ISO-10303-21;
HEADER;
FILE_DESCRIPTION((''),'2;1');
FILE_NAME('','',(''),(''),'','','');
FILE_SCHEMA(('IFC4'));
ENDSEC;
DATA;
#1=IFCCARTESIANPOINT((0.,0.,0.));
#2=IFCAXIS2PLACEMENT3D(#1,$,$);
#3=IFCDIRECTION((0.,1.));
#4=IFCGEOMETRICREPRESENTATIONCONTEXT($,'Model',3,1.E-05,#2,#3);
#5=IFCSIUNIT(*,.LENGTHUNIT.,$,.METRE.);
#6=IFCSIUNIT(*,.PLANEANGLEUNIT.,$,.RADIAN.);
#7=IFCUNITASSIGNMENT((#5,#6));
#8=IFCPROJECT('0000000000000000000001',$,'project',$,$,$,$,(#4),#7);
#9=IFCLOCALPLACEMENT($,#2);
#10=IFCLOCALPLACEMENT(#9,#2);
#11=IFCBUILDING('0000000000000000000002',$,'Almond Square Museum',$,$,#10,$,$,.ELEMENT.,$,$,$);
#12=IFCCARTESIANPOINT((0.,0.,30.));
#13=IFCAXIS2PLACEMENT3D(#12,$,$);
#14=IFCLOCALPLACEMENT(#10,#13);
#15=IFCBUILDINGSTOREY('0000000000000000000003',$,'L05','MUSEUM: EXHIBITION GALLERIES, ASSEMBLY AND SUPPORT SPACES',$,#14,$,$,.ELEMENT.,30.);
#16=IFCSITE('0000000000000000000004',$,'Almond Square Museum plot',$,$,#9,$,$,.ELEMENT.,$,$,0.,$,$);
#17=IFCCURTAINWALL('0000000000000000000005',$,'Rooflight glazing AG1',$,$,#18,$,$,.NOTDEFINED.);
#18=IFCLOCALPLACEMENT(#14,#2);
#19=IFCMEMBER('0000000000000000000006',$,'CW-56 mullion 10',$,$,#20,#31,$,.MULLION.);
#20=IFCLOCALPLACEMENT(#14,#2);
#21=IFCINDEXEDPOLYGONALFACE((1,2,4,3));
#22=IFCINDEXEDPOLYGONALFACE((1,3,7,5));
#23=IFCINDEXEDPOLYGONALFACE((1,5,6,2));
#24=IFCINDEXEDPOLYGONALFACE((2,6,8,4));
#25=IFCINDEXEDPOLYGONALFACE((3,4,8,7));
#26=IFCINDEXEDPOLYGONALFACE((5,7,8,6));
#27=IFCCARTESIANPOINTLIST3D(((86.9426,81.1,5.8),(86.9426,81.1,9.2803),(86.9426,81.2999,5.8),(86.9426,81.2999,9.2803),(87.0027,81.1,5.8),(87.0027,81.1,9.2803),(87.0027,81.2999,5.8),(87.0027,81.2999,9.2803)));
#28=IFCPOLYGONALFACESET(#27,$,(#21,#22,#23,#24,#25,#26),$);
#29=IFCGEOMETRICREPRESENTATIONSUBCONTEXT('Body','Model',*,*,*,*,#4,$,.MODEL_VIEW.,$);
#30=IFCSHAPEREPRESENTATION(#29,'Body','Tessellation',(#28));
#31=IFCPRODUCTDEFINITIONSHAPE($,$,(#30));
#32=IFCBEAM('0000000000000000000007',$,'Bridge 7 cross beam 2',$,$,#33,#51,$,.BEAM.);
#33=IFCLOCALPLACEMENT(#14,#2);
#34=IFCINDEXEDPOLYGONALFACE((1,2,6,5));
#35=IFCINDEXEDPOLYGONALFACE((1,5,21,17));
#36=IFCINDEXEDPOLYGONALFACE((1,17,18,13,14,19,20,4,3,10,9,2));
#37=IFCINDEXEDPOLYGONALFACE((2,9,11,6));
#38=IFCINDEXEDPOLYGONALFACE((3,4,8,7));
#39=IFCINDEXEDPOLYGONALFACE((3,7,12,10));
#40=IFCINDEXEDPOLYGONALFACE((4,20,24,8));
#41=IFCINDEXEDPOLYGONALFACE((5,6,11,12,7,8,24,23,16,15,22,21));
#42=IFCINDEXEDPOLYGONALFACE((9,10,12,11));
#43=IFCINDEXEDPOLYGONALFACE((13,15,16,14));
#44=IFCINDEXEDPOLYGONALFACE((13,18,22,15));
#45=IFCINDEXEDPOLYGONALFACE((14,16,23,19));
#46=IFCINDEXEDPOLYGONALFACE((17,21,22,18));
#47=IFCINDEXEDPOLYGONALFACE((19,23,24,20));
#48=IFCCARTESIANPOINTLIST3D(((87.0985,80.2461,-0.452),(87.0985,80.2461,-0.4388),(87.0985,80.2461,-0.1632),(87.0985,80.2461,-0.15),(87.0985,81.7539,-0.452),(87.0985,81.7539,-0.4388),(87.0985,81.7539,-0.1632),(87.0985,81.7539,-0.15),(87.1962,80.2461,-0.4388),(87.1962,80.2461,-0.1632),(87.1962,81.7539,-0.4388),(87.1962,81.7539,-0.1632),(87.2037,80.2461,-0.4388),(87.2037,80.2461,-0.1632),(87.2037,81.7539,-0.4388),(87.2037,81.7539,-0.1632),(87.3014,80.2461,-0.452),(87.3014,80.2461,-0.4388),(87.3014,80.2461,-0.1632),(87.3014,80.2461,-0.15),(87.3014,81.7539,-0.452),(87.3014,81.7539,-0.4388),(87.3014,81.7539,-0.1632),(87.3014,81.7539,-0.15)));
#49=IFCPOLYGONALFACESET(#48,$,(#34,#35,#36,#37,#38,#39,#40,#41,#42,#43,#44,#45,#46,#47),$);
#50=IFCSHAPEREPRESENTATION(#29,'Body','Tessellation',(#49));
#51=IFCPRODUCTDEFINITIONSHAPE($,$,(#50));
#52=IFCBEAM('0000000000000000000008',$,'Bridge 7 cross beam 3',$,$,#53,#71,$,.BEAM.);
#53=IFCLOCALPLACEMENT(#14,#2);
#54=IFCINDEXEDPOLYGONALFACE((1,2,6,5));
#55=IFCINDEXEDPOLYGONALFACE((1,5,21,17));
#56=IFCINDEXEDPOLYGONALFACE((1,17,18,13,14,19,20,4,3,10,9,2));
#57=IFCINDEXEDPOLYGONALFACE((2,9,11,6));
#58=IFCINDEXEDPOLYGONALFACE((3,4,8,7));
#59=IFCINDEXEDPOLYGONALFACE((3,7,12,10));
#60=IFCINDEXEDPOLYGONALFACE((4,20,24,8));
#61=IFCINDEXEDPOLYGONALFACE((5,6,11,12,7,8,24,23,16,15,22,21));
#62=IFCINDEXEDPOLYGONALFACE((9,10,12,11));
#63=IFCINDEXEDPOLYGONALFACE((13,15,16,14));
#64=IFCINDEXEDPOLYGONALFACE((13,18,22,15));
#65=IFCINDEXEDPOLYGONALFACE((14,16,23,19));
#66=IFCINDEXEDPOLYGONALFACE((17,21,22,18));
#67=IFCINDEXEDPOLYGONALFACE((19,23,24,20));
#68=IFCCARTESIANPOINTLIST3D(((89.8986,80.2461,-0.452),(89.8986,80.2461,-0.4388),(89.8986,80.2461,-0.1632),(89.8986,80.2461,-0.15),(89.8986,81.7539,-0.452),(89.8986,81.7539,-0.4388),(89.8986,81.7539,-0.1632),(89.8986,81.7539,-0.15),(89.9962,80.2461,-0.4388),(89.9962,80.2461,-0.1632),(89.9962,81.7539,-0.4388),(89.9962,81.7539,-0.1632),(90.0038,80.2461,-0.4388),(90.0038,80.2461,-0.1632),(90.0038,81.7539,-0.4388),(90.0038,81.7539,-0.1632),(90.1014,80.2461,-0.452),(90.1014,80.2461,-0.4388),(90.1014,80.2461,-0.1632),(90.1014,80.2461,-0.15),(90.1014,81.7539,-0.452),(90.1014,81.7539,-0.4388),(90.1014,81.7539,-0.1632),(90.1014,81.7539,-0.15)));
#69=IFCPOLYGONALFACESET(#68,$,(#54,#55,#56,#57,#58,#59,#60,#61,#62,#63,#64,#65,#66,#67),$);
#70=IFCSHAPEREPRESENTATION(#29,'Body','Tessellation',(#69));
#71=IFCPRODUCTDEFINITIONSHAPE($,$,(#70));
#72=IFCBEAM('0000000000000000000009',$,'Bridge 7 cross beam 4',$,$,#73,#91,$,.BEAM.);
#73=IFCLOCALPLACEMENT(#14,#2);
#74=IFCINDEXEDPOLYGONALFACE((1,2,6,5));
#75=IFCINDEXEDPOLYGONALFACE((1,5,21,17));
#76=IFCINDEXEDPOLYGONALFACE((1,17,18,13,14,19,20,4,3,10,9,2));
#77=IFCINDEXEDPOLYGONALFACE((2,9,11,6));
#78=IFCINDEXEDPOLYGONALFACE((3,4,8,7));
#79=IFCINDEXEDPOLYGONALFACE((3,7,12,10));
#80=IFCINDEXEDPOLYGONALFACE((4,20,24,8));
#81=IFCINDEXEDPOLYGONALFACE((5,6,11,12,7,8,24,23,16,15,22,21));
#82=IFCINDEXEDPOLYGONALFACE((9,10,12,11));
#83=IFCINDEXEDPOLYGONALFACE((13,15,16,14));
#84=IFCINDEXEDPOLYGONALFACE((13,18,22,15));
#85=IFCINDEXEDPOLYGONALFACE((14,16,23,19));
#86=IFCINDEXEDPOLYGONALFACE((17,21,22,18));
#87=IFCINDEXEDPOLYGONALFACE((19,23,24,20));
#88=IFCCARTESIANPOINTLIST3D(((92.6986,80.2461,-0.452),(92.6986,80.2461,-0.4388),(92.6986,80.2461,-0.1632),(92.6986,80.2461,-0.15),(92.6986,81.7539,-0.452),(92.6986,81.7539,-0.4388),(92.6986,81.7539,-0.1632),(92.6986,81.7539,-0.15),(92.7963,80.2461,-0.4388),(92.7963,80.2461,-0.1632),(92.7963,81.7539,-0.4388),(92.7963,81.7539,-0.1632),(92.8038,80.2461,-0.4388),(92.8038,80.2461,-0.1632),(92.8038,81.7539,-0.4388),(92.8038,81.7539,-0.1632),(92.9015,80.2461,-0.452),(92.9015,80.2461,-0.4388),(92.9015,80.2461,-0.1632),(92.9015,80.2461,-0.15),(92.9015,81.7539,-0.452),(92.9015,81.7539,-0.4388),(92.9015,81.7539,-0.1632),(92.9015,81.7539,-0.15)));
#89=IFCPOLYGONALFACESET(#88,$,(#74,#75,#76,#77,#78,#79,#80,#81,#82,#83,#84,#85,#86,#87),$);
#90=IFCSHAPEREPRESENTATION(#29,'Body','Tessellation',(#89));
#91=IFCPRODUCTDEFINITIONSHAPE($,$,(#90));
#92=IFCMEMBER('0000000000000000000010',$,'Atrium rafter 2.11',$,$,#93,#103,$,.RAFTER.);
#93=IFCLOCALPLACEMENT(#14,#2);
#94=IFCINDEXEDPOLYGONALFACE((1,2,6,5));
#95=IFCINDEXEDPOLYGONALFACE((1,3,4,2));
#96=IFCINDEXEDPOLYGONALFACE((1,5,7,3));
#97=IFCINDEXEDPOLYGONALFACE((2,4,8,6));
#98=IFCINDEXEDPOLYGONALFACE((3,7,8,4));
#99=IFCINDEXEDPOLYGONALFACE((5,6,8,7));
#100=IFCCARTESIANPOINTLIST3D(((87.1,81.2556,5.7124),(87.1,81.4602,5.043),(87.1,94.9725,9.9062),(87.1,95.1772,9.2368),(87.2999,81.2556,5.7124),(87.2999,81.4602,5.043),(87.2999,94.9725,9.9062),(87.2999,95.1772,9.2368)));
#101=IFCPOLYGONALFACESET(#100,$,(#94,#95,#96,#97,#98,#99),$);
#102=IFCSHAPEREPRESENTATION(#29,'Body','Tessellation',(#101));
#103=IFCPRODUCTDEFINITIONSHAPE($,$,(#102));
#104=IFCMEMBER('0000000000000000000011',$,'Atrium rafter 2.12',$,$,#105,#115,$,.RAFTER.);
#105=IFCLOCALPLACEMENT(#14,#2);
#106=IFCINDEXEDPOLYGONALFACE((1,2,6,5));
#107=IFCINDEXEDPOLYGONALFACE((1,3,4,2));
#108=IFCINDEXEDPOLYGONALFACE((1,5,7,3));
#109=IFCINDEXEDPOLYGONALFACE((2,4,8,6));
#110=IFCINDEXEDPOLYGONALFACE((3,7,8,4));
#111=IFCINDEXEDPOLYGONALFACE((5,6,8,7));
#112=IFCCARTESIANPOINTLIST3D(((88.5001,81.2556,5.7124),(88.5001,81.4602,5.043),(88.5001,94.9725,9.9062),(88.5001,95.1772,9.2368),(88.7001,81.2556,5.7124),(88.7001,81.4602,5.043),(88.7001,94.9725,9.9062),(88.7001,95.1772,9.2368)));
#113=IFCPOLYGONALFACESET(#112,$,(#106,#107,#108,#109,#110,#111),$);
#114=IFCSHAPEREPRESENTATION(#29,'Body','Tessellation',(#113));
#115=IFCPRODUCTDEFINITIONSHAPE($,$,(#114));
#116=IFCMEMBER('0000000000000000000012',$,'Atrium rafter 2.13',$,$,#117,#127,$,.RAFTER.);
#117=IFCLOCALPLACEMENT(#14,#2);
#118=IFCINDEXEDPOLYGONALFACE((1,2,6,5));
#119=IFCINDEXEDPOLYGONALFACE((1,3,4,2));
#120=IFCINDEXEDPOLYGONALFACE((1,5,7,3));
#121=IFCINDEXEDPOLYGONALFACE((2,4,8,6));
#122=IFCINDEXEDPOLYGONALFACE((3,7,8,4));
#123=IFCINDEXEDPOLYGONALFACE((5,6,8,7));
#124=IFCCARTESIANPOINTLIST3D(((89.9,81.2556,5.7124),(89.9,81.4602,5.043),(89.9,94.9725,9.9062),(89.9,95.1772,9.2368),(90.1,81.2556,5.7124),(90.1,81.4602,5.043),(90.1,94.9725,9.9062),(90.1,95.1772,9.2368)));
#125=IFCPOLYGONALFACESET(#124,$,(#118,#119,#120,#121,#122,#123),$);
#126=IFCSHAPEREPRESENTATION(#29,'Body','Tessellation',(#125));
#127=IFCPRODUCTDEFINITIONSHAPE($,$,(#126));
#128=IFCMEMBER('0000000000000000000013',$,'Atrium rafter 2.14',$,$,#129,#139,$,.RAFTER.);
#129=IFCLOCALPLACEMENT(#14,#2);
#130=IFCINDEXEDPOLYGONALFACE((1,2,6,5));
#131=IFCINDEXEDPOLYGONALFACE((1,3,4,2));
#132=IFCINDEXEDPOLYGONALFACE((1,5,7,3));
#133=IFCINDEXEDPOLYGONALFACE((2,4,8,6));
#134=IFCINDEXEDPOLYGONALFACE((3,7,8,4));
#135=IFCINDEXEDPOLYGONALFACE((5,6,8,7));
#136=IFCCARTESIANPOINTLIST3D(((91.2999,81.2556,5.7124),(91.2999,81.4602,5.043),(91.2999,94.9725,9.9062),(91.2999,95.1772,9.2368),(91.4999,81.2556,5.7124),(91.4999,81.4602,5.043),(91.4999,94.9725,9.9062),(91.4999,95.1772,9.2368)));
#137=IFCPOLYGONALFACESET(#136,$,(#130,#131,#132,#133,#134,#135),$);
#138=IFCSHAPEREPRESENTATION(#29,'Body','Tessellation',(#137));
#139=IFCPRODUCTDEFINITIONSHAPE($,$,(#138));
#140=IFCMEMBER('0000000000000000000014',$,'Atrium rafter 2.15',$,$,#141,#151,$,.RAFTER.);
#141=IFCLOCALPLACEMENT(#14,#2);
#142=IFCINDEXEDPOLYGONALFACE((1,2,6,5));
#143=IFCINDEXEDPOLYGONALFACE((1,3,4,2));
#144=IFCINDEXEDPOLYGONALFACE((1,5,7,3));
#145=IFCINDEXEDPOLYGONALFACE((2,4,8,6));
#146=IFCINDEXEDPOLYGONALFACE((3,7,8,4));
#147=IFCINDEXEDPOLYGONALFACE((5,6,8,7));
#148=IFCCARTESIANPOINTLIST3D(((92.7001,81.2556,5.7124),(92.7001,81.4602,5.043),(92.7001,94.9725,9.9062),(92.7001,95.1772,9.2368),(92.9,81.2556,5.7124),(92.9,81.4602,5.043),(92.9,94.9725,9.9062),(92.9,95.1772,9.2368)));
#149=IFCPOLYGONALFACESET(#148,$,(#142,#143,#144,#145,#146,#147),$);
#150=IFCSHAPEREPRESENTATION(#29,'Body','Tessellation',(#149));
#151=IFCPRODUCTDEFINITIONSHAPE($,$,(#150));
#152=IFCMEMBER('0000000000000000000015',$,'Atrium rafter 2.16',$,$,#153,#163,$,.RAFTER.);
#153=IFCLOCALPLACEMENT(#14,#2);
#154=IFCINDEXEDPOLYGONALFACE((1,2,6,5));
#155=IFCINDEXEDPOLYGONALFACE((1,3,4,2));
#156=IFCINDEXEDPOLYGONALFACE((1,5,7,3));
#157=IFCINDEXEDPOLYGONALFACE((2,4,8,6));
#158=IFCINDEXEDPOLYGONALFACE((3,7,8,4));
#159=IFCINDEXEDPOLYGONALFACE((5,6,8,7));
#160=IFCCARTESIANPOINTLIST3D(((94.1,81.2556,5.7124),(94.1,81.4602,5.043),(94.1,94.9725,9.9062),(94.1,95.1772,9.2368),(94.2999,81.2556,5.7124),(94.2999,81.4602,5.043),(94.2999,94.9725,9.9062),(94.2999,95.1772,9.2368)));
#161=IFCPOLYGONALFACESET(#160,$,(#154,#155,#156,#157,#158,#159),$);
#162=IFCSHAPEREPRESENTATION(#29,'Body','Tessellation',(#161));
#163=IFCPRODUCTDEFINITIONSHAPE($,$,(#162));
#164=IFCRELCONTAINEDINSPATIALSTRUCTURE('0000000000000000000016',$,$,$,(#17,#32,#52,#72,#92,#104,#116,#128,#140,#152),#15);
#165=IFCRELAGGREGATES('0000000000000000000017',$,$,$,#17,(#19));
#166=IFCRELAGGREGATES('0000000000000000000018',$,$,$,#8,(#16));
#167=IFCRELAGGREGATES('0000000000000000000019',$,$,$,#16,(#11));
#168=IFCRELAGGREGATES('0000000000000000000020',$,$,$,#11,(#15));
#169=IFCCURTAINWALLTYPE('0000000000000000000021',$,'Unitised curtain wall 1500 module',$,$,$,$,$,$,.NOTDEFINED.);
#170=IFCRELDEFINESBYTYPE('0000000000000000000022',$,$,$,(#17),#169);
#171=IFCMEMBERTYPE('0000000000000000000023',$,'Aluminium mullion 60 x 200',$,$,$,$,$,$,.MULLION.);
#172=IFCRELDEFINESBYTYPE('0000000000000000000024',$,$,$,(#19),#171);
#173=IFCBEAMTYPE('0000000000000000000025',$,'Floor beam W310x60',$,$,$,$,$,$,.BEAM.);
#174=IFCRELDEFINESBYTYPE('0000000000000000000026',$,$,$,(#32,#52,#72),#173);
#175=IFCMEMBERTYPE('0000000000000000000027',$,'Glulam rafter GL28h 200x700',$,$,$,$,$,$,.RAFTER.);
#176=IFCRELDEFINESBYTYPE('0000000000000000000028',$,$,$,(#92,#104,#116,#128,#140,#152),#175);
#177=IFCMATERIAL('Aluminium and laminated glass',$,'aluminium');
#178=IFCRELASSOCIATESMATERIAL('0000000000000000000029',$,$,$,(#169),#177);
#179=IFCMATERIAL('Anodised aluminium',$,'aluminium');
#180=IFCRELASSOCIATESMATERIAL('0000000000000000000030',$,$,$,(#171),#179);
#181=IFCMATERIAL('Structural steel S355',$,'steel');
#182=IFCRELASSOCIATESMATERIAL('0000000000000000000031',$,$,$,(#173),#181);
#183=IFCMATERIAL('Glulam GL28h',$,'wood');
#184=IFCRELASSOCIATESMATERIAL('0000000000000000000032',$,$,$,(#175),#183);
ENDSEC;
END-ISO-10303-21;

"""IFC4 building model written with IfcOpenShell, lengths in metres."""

from ifc_helpers import new_model, si_unit, direction, frame, origin, origin_2d, place, context, subcontext, project, spatial, rectangle, i_section, extrude, material, material_profile, profile_set, type_object, element, aggregate, save


model = new_model("IFC4")

# Units and contexts
model_context = context("Model", 3, precision=1e-05, world=origin(), true_north=direction((0.0, 1.0)))
body_context = subcontext(model_context, "Body", "Model", "MODEL_VIEW")
ifc_project = project(units=[si_unit("LENGTHUNIT", "METRE"), si_unit("PLANEANGLEUNIT", "RADIAN")], contexts=[model_context])

# Site, building, storey
site_placement = place(None, origin())
site = spatial("IfcSite", under=ifc_project, at=site_placement, Name="Almond Square Museum plot", CompositionType="ELEMENT", RefElevation=0.0)
building_placement = place(site_placement, origin())
building = spatial("IfcBuilding", under=site, at=building_placement, Name="Almond Square Museum", CompositionType="ELEMENT")
storey_placement = place(building_placement, frame((0.0, 0.0, 30.0)))
storey = spatial("IfcBuildingStorey", under=building, at=storey_placement, Name="L05", Description="MUSEUM: EXHIBITION GALLERIES, ASSEMBLY AND SUPPORT SPACES", CompositionType="ELEMENT", Elevation=30.0)

# Curtain wall, member
ifc_material_1 = material(Name="Aluminium and laminated glass", Category="aluminium")
curtain_wall_type = type_object("IfcCurtainWallType", Name="Unitised curtain wall 1500 module", PredefinedType="NOTDEFINED", material=ifc_material_1)
curtain_wall_placement = place(storey_placement, origin())
curtain_wall = element("IfcCurtainWall", 1, at=curtain_wall_placement, inside=storey, type_object=curtain_wall_type, Name="Rooflight glazing AG1", PredefinedType="NOTDEFINED")
ifc_material_2 = material(Name="Anodised aluminium", Category="aluminium")
ifc_material_profile_1 = material_profile(ifc_material_2, rectangle(XDim=0.2, YDim=0.0601, at=origin_2d()))
ifc_profile_set_1 = profile_set([ifc_material_profile_1], Name="Anodised aluminium")
member_type_1 = type_object("IfcMemberType", Name="Aluminium mullion 60 x 200", PredefinedType="MULLION", material=ifc_profile_set_1)
member_1_placement = place(storey_placement, frame((86.9727, 81.2, 5.8), z_axis=(0.0, 0.0, 1.0), x_axis=(0.0, 1.0, 0.0)))
member_1 = element("IfcMember", 2, at=member_1_placement, type_object=member_type_1, Name="CW-56 mullion 10", PredefinedType="MULLION", context=body_context, shape_type="SweptSolid", body=[
    extrude(rectangle(XDim=0.2, YDim=0.0601, at=origin_2d()), origin(), (0.0, 0.0, 1.0), 3.4802),
])
aggregate(curtain_wall, [member_1])

# Beams
ifc_material_3 = material(Name="Structural steel S355", Category="steel")
ifc_material_profile_2 = material_profile(ifc_material_3, i_section(OverallWidth=0.2029, OverallDepth=0.302, WebThickness=0.0076, FlangeThickness=0.0132, at=origin_2d()))
ifc_profile_set_2 = profile_set([ifc_material_profile_2], Name="Structural steel S355")
beam_type_1 = type_object("IfcBeamType", Name="Floor beam W310x60", PredefinedType="BEAM", material=ifc_profile_set_2)
for number, where, z_axis, x_axis, name in (
    (3, (87.2, 80.2461, -0.301), (0.0, 1.0, 0.0), (-1.0, 0.0, 0.0), "Bridge 7 cross beam 2"),
    (4, (90.0, 80.2461, -0.301), (0.0, 1.0, 0.0), (-1.0, 0.0, 0.0), "Bridge 7 cross beam 3"),
    (5, (92.8, 80.2461, -0.301), (0.0, 1.0, 0.0), (-1.0, 0.0, 0.0), "Bridge 7 cross beam 4"),
):
    element("IfcBeam", number, at=place(storey_placement, frame(where, z_axis=z_axis, x_axis=x_axis)), inside=storey, type_object=beam_type_1, Name=name, PredefinedType="BEAM", context=body_context, shape_type="SweptSolid", body=[
        extrude(i_section(OverallWidth=0.2029, OverallDepth=0.302, WebThickness=0.0076, FlangeThickness=0.0132, at=origin_2d()), origin(), (0.0, 0.0, 1.0), 1.5078),
    ])

# Members
ifc_material_4 = material(Name="Glulam GL28h", Category="wood")
ifc_material_profile_3 = material_profile(ifc_material_4, rectangle(XDim=0.2, YDim=0.7, at=origin_2d()))
ifc_profile_set_3 = profile_set([ifc_material_profile_3], Name="Glulam GL28h")
member_type_2 = type_object("IfcMemberType", Name="Glulam rafter GL28h 200x700", PredefinedType="RAFTER", material=ifc_profile_set_3)
for number, where, z_axis, x_axis, name in (
    (6, (87.2, 81.3579, 5.3777), (0.0, 0.956302, 0.29238), (-1.0, 0.0, 0.0), "Atrium rafter 2.11"),
    (7, (88.6001, 81.3579, 5.3777), (0.0, 0.956302, 0.29238), (-1.0, 0.0, 0.0), "Atrium rafter 2.12"),
    (8, (90.0, 81.3579, 5.3777), (0.0, 0.956302, 0.29238), (-1.0, 0.0, 0.0), "Atrium rafter 2.13"),
    (9, (91.3999, 81.3579, 5.3777), (0.0, 0.956302, 0.29238), (-1.0, 0.0, 0.0), "Atrium rafter 2.14"),
    (10, (92.8, 81.3579, 5.3777), (0.0, 0.956302, 0.29238), (-1.0, 0.0, 0.0), "Atrium rafter 2.15"),
    (11, (94.2, 81.3579, 5.3777), (0.0, 0.956302, 0.29238), (-1.0, 0.0, 0.0), "Atrium rafter 2.16"),
):
    element("IfcMember", number, at=place(storey_placement, frame(where, z_axis=z_axis, x_axis=x_axis)), inside=storey, type_object=member_type_2, Name=name, PredefinedType="RAFTER", context=body_context, shape_type="SweptSolid", body=[
        extrude(rectangle(XDim=0.2, YDim=0.7, at=origin_2d()), origin(), (0.0, 0.0, 1.0), 14.3438),
    ])

save(model, "model.ifc")
